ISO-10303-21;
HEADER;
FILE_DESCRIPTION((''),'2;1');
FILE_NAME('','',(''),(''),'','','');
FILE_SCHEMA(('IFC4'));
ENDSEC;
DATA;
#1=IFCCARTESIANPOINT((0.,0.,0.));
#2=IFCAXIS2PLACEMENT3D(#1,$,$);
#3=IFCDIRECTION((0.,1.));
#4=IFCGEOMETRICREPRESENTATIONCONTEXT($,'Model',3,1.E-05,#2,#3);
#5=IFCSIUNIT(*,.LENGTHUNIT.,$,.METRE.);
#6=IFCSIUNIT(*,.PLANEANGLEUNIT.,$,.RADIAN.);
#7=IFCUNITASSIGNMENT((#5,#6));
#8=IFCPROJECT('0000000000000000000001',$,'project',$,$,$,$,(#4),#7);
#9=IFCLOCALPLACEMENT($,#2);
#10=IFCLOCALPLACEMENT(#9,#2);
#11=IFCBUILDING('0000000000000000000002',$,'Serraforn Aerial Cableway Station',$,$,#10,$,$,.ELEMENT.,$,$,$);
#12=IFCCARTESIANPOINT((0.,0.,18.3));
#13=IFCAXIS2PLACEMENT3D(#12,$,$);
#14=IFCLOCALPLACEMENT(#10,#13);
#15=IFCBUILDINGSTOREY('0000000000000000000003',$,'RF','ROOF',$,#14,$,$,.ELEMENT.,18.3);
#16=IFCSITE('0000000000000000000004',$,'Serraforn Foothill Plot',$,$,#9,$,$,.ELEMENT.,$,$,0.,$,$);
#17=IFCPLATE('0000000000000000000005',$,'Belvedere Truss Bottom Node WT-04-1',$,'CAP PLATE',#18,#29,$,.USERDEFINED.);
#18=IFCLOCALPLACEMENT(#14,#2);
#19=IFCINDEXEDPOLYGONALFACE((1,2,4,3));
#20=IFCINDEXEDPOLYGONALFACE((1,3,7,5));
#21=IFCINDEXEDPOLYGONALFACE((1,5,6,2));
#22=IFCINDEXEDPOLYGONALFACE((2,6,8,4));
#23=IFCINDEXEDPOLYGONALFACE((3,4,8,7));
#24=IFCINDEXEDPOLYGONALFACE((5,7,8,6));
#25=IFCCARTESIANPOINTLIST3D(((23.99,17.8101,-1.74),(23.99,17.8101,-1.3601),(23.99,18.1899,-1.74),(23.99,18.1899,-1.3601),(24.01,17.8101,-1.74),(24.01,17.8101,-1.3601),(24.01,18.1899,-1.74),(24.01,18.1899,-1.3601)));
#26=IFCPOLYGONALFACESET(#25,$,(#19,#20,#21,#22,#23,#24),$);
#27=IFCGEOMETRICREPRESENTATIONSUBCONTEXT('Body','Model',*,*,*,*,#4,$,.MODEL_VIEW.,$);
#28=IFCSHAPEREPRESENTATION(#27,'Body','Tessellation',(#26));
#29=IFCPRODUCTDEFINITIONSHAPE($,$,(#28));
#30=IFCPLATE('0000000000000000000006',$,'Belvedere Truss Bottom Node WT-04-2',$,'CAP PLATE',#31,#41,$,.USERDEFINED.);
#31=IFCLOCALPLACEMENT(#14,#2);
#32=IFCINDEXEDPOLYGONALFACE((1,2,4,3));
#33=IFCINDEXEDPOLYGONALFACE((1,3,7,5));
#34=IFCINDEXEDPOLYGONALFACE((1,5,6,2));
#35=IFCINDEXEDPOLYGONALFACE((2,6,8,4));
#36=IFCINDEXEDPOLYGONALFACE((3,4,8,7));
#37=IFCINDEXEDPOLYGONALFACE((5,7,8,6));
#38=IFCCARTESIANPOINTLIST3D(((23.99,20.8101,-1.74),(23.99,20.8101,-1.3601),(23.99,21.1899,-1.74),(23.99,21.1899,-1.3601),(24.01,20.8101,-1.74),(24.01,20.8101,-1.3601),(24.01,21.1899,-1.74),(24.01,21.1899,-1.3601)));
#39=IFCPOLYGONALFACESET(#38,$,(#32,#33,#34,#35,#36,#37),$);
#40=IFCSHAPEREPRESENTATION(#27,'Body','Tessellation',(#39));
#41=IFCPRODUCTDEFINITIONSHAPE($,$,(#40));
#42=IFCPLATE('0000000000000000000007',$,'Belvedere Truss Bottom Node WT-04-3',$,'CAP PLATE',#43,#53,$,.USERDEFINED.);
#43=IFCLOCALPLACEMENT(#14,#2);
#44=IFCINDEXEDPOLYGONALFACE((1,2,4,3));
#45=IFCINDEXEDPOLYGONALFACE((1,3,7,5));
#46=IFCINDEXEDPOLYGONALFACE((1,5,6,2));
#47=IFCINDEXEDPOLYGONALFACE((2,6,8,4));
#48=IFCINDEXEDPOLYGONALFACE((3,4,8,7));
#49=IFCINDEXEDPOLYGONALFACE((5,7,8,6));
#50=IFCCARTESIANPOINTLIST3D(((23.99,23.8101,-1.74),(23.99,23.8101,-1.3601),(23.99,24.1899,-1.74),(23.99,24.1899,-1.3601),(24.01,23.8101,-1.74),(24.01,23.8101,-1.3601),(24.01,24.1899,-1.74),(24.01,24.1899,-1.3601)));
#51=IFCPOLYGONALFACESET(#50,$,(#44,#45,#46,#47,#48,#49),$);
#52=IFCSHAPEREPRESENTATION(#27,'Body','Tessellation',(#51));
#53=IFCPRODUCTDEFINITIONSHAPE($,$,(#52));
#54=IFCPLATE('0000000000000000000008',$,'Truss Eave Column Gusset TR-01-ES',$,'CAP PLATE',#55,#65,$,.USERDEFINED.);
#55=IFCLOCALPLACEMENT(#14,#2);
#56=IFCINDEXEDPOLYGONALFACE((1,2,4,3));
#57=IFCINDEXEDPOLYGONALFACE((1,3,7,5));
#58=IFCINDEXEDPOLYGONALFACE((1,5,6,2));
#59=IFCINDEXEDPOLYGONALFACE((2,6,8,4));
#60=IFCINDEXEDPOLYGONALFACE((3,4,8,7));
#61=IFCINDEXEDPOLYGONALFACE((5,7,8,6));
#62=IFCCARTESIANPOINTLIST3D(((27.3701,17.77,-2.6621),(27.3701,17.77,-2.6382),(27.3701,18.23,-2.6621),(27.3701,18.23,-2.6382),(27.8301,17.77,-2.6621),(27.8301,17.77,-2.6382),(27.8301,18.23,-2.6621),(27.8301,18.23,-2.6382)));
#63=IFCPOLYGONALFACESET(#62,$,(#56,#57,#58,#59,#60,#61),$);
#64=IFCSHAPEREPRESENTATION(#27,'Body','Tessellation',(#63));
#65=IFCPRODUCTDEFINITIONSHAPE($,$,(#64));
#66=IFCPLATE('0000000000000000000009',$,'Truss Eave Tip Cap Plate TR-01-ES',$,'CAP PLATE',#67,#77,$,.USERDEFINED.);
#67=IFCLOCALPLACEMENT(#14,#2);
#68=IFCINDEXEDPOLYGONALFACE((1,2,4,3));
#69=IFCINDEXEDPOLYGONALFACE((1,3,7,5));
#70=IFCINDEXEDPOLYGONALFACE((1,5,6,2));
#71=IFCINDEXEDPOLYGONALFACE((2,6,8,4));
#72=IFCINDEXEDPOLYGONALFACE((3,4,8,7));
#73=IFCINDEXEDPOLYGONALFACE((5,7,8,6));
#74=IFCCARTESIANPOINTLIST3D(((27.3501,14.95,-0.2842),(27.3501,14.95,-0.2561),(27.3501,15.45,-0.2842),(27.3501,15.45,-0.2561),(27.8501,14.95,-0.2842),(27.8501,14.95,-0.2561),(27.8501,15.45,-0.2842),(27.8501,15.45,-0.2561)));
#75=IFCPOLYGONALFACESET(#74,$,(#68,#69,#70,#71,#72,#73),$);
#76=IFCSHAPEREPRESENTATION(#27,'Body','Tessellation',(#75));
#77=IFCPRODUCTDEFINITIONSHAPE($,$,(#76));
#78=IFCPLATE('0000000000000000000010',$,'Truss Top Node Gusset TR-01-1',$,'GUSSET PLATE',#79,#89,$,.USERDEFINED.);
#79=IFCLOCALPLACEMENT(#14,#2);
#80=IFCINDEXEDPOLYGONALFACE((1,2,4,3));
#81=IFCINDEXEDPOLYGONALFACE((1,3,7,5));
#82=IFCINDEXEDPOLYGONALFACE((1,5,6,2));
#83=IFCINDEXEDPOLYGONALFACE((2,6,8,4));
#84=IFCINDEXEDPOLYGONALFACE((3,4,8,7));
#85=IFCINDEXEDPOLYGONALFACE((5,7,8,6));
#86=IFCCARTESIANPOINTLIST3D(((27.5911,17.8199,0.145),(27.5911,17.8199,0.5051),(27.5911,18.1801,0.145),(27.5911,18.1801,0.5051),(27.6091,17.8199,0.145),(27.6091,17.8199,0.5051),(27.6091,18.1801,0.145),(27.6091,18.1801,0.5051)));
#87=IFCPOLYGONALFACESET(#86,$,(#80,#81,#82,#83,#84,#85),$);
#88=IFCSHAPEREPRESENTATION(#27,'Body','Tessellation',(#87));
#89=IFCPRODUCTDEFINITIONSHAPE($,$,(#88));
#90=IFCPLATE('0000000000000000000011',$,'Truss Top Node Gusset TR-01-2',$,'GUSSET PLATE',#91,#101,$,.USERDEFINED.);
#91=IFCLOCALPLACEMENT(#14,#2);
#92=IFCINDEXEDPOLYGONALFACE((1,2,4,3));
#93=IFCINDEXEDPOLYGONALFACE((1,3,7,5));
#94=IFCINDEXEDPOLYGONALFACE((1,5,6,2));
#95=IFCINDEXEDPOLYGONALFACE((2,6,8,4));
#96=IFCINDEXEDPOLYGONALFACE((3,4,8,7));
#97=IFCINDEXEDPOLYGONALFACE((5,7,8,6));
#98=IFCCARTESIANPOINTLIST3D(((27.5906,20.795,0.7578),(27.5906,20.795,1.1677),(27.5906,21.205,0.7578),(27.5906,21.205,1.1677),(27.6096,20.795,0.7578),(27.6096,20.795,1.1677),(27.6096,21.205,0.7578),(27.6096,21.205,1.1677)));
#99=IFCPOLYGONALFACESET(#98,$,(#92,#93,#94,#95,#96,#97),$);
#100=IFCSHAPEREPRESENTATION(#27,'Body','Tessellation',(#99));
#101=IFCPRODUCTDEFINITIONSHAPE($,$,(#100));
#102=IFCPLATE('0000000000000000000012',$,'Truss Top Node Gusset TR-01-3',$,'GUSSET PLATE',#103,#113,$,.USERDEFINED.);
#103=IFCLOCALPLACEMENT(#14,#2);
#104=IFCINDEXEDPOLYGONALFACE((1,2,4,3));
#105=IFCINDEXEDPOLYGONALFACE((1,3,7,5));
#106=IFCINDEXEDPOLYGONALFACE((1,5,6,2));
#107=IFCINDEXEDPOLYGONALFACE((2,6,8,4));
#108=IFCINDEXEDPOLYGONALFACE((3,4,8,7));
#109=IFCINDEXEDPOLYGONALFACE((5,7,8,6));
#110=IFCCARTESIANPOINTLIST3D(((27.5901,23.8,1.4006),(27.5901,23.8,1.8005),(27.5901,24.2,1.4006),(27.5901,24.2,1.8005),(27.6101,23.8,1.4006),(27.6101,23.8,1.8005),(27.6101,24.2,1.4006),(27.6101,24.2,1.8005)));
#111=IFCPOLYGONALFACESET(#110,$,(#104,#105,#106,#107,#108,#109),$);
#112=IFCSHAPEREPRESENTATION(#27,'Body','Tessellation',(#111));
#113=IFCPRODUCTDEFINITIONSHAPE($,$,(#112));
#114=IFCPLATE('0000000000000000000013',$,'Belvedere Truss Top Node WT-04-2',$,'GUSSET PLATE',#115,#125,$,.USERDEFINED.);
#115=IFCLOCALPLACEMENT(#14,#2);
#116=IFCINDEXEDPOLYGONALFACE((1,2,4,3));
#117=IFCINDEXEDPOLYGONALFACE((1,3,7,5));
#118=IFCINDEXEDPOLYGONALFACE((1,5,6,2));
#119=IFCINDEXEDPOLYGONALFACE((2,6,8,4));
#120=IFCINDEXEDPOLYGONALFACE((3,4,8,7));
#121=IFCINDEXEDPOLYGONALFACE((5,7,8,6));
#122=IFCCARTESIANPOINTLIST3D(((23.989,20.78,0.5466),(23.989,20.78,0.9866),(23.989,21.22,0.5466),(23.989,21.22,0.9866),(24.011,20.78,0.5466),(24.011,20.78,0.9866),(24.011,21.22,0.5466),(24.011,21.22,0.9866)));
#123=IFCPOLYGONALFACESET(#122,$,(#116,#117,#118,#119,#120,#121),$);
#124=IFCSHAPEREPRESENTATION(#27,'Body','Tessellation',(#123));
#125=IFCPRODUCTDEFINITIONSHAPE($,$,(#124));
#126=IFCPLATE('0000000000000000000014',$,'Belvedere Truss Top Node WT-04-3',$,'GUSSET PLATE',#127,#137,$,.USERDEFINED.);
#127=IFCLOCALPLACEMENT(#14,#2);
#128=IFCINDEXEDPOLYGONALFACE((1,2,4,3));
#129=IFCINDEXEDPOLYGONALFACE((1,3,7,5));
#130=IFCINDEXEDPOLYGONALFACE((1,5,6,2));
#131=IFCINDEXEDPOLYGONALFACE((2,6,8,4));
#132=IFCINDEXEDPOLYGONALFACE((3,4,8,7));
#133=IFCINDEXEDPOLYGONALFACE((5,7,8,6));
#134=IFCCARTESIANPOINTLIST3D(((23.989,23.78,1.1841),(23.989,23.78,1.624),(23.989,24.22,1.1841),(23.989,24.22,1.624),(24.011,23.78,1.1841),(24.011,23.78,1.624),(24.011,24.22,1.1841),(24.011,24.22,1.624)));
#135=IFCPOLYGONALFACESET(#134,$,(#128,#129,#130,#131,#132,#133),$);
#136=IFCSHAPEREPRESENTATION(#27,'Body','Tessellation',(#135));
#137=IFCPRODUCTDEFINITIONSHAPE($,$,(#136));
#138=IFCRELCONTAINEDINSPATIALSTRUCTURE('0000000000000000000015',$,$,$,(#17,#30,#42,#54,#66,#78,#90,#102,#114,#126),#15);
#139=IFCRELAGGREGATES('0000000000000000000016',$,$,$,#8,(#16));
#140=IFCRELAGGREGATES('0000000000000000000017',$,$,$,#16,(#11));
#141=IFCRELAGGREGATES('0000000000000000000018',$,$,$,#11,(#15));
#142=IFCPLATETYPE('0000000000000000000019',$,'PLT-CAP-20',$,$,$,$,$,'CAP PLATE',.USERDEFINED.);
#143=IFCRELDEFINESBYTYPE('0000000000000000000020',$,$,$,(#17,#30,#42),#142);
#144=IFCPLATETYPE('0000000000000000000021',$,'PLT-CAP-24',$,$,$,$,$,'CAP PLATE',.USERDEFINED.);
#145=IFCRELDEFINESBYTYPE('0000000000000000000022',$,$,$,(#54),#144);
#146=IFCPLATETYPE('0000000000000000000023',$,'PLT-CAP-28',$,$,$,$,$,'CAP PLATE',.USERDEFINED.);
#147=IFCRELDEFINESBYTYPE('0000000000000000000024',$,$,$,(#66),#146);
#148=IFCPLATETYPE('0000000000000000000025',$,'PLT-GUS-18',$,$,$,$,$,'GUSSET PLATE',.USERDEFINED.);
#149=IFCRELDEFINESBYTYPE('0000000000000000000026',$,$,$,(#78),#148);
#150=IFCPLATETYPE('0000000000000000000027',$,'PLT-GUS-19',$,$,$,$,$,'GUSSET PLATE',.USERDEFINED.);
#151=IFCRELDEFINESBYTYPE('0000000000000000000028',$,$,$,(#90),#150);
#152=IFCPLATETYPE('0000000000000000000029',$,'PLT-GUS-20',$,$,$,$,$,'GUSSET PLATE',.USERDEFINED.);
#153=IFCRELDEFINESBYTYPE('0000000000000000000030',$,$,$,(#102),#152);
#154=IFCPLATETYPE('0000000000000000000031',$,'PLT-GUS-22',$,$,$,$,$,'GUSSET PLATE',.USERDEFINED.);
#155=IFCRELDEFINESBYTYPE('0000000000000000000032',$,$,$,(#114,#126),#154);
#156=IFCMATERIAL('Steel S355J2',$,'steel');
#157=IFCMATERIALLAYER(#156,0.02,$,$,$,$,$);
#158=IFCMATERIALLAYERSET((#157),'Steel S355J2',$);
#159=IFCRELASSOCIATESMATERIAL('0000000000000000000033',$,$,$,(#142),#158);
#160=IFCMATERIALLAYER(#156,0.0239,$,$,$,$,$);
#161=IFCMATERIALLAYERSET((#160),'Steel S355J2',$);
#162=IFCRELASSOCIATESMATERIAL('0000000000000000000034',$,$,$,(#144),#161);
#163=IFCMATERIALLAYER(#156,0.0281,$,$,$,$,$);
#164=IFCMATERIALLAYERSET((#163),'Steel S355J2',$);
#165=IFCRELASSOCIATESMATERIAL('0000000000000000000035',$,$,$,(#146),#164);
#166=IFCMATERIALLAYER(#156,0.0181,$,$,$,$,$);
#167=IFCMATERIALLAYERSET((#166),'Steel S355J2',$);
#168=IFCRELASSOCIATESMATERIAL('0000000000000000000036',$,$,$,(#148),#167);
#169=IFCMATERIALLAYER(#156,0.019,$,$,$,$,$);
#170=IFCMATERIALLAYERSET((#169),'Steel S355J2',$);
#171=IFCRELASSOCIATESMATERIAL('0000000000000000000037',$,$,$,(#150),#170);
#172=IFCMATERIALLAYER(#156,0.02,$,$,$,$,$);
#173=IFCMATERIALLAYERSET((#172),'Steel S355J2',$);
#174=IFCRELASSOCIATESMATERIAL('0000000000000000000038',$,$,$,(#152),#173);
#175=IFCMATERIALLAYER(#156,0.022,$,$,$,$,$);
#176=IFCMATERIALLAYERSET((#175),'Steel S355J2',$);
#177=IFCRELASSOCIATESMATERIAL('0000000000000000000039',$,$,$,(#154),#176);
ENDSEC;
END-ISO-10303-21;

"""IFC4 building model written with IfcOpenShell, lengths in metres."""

from ifc_helpers import new_model, si_unit, direction, frame, origin, origin_2d, place, context, subcontext, project, spatial, rectangle, extrude, material, layer, layer_set, type_object, element, save


model = new_model("IFC4")

# Units and contexts
model_context = context("Model", 3, precision=1e-05, world=origin(), true_north=direction((0.0, 1.0)))
body_context = subcontext(model_context, "Body", "Model", "MODEL_VIEW")
ifc_project = project(units=[si_unit("LENGTHUNIT", "METRE"), si_unit("PLANEANGLEUNIT", "RADIAN")], contexts=[model_context])

# Site, building, storey
site_placement = place(None, origin())
site = spatial("IfcSite", under=ifc_project, at=site_placement, Name="Serraforn Foothill Plot", CompositionType="ELEMENT", RefElevation=0.0)
building_placement = place(site_placement, origin())
building = spatial("IfcBuilding", under=site, at=building_placement, Name="Serraforn Aerial Cableway Station", CompositionType="ELEMENT")
storey_placement = place(building_placement, frame((0.0, 0.0, 18.3)))
storey = spatial("IfcBuildingStorey", under=building, at=storey_placement, Name="RF", Description="ROOF", CompositionType="ELEMENT", Elevation=18.3)

# Shared definitions
ifc_material = material(Name="Steel S355J2", Category="steel")

# Plates
ifc_layer_1 = layer(ifc_material, 0.02)
ifc_layer_set_1 = layer_set([ifc_layer_1], Name="Steel S355J2")
plate_type_1 = type_object("IfcPlateType", Name="PLT-CAP-20", ElementType="CAP PLATE", PredefinedType="USERDEFINED", material=ifc_layer_set_1)
for number, where, z_axis, x_axis, name in (
    (1, (24.0, 18.0, -1.74), (0.0, 0.0, 1.0), (1.0, 0.0, 0.0), "Belvedere Truss Bottom Node WT-04-1"),
    (2, (24.0, 21.0, -1.74), (0.0, 0.0, 1.0), (1.0, 0.0, 0.0), "Belvedere Truss Bottom Node WT-04-2"),
    (3, (24.0, 24.0, -1.74), (0.0, 0.0, 1.0), (1.0, 0.0, 0.0), "Belvedere Truss Bottom Node WT-04-3"),
):
    element("IfcPlate", number, at=place(storey_placement, frame(where, z_axis=z_axis, x_axis=x_axis)), inside=storey, type_object=plate_type_1, Name=name, ObjectType="CAP PLATE", PredefinedType="USERDEFINED", context=body_context, shape_type="SweptSolid", body=[
        extrude(rectangle(XDim=0.02, YDim=0.3799, at=origin_2d()), origin(), (0.0, 0.0, 1.0), 0.3799),
    ])
ifc_layer_2 = layer(ifc_material, 0.0239)
ifc_layer_set_2 = layer_set([ifc_layer_2], Name="Steel S355J2")
plate_type_2 = type_object("IfcPlateType", Name="PLT-CAP-24", ElementType="CAP PLATE", PredefinedType="USERDEFINED", material=ifc_layer_set_2)
plate_1_placement = place(storey_placement, frame((27.6001, 18.0, -2.6621), z_axis=(0.0, 0.0, 1.0), x_axis=(1.0, 0.0, 0.0)))
element("IfcPlate", 4, at=plate_1_placement, inside=storey, type_object=plate_type_2, Name="Truss Eave Column Gusset TR-01-ES", ObjectType="CAP PLATE", PredefinedType="USERDEFINED", context=body_context, shape_type="SweptSolid", body=[
    extrude(rectangle(XDim=0.46, YDim=0.46, at=origin_2d()), origin(), (0.0, 0.0, 1.0), 0.0239),
])
ifc_layer_3 = layer(ifc_material, 0.0281)
ifc_layer_set_3 = layer_set([ifc_layer_3], Name="Steel S355J2")
plate_type_3 = type_object("IfcPlateType", Name="PLT-CAP-28", ElementType="CAP PLATE", PredefinedType="USERDEFINED", material=ifc_layer_set_3)
plate_2_placement = place(storey_placement, frame((27.6001, 15.2, -0.2842), z_axis=(0.0, 0.0, 1.0), x_axis=(1.0, 0.0, 0.0)))
element("IfcPlate", 5, at=plate_2_placement, inside=storey, type_object=plate_type_3, Name="Truss Eave Tip Cap Plate TR-01-ES", ObjectType="CAP PLATE", PredefinedType="USERDEFINED", context=body_context, shape_type="SweptSolid", body=[
    extrude(rectangle(XDim=0.5, YDim=0.5, at=origin_2d()), origin(), (0.0, 0.0, 1.0), 0.0281),
])
ifc_layer_4 = layer(ifc_material, 0.0181)
ifc_layer_set_4 = layer_set([ifc_layer_4], Name="Steel S355J2")
plate_type_4 = type_object("IfcPlateType", Name="PLT-GUS-18", ElementType="GUSSET PLATE", PredefinedType="USERDEFINED", material=ifc_layer_set_4)
plate_3_placement = place(storey_placement, frame((27.6001, 18.0, 0.145), z_axis=(0.0, 0.0, 1.0), x_axis=(1.0, 0.0, 0.0)))
element("IfcPlate", 6, at=plate_3_placement, inside=storey, type_object=plate_type_4, Name="Truss Top Node Gusset TR-01-1", ObjectType="GUSSET PLATE", PredefinedType="USERDEFINED", context=body_context, shape_type="SweptSolid", body=[
    extrude(rectangle(XDim=0.0181, YDim=0.3601, at=origin_2d()), origin(), (0.0, 0.0, 1.0), 0.3601),
])
ifc_layer_5 = layer(ifc_material, 0.019)
ifc_layer_set_5 = layer_set([ifc_layer_5], Name="Steel S355J2")
plate_type_5 = type_object("IfcPlateType", Name="PLT-GUS-19", ElementType="GUSSET PLATE", PredefinedType="USERDEFINED", material=ifc_layer_set_5)
plate_4_placement = place(storey_placement, frame((27.6001, 21.0, 0.7578), z_axis=(0.0, 0.0, 1.0), x_axis=(1.0, 0.0, 0.0)))
element("IfcPlate", 7, at=plate_4_placement, inside=storey, type_object=plate_type_5, Name="Truss Top Node Gusset TR-01-2", ObjectType="GUSSET PLATE", PredefinedType="USERDEFINED", context=body_context, shape_type="SweptSolid", body=[
    extrude(rectangle(XDim=0.019, YDim=0.4099, at=origin_2d()), origin(), (0.0, 0.0, 1.0), 0.4099),
])
ifc_layer_6 = layer(ifc_material, 0.02)
ifc_layer_set_6 = layer_set([ifc_layer_6], Name="Steel S355J2")
plate_type_6 = type_object("IfcPlateType", Name="PLT-GUS-20", ElementType="GUSSET PLATE", PredefinedType="USERDEFINED", material=ifc_layer_set_6)
plate_5_placement = place(storey_placement, frame((27.6001, 24.0, 1.4006), z_axis=(0.0, 0.0, 1.0), x_axis=(1.0, 0.0, 0.0)))
element("IfcPlate", 8, at=plate_5_placement, inside=storey, type_object=plate_type_6, Name="Truss Top Node Gusset TR-01-3", ObjectType="GUSSET PLATE", PredefinedType="USERDEFINED", context=body_context, shape_type="SweptSolid", body=[
    extrude(rectangle(XDim=0.02, YDim=0.3999, at=origin_2d()), origin(), (0.0, 0.0, 1.0), 0.3999),
])
ifc_layer_7 = layer(ifc_material, 0.022)
ifc_layer_set_7 = layer_set([ifc_layer_7], Name="Steel S355J2")
plate_type_7 = type_object("IfcPlateType", Name="PLT-GUS-22", ElementType="GUSSET PLATE", PredefinedType="USERDEFINED", material=ifc_layer_set_7)
for number, where, z_axis, x_axis, name in (
    (9, (24.0, 21.0, 0.5466), (0.0, 0.0, 1.0), (1.0, 0.0, 0.0), "Belvedere Truss Top Node WT-04-2"),
    (10, (24.0, 24.0, 1.1841), (0.0, 0.0, 1.0), (1.0, 0.0, 0.0), "Belvedere Truss Top Node WT-04-3"),
):
    element("IfcPlate", number, at=place(storey_placement, frame(where, z_axis=z_axis, x_axis=x_axis)), inside=storey, type_object=plate_type_7, Name=name, ObjectType="GUSSET PLATE", PredefinedType="USERDEFINED", context=body_context, shape_type="SweptSolid", body=[
        extrude(rectangle(XDim=0.022, YDim=0.4399, at=origin_2d()), origin(), (0.0, 0.0, 1.0), 0.4399),
    ])

save(model, "model.ifc")
